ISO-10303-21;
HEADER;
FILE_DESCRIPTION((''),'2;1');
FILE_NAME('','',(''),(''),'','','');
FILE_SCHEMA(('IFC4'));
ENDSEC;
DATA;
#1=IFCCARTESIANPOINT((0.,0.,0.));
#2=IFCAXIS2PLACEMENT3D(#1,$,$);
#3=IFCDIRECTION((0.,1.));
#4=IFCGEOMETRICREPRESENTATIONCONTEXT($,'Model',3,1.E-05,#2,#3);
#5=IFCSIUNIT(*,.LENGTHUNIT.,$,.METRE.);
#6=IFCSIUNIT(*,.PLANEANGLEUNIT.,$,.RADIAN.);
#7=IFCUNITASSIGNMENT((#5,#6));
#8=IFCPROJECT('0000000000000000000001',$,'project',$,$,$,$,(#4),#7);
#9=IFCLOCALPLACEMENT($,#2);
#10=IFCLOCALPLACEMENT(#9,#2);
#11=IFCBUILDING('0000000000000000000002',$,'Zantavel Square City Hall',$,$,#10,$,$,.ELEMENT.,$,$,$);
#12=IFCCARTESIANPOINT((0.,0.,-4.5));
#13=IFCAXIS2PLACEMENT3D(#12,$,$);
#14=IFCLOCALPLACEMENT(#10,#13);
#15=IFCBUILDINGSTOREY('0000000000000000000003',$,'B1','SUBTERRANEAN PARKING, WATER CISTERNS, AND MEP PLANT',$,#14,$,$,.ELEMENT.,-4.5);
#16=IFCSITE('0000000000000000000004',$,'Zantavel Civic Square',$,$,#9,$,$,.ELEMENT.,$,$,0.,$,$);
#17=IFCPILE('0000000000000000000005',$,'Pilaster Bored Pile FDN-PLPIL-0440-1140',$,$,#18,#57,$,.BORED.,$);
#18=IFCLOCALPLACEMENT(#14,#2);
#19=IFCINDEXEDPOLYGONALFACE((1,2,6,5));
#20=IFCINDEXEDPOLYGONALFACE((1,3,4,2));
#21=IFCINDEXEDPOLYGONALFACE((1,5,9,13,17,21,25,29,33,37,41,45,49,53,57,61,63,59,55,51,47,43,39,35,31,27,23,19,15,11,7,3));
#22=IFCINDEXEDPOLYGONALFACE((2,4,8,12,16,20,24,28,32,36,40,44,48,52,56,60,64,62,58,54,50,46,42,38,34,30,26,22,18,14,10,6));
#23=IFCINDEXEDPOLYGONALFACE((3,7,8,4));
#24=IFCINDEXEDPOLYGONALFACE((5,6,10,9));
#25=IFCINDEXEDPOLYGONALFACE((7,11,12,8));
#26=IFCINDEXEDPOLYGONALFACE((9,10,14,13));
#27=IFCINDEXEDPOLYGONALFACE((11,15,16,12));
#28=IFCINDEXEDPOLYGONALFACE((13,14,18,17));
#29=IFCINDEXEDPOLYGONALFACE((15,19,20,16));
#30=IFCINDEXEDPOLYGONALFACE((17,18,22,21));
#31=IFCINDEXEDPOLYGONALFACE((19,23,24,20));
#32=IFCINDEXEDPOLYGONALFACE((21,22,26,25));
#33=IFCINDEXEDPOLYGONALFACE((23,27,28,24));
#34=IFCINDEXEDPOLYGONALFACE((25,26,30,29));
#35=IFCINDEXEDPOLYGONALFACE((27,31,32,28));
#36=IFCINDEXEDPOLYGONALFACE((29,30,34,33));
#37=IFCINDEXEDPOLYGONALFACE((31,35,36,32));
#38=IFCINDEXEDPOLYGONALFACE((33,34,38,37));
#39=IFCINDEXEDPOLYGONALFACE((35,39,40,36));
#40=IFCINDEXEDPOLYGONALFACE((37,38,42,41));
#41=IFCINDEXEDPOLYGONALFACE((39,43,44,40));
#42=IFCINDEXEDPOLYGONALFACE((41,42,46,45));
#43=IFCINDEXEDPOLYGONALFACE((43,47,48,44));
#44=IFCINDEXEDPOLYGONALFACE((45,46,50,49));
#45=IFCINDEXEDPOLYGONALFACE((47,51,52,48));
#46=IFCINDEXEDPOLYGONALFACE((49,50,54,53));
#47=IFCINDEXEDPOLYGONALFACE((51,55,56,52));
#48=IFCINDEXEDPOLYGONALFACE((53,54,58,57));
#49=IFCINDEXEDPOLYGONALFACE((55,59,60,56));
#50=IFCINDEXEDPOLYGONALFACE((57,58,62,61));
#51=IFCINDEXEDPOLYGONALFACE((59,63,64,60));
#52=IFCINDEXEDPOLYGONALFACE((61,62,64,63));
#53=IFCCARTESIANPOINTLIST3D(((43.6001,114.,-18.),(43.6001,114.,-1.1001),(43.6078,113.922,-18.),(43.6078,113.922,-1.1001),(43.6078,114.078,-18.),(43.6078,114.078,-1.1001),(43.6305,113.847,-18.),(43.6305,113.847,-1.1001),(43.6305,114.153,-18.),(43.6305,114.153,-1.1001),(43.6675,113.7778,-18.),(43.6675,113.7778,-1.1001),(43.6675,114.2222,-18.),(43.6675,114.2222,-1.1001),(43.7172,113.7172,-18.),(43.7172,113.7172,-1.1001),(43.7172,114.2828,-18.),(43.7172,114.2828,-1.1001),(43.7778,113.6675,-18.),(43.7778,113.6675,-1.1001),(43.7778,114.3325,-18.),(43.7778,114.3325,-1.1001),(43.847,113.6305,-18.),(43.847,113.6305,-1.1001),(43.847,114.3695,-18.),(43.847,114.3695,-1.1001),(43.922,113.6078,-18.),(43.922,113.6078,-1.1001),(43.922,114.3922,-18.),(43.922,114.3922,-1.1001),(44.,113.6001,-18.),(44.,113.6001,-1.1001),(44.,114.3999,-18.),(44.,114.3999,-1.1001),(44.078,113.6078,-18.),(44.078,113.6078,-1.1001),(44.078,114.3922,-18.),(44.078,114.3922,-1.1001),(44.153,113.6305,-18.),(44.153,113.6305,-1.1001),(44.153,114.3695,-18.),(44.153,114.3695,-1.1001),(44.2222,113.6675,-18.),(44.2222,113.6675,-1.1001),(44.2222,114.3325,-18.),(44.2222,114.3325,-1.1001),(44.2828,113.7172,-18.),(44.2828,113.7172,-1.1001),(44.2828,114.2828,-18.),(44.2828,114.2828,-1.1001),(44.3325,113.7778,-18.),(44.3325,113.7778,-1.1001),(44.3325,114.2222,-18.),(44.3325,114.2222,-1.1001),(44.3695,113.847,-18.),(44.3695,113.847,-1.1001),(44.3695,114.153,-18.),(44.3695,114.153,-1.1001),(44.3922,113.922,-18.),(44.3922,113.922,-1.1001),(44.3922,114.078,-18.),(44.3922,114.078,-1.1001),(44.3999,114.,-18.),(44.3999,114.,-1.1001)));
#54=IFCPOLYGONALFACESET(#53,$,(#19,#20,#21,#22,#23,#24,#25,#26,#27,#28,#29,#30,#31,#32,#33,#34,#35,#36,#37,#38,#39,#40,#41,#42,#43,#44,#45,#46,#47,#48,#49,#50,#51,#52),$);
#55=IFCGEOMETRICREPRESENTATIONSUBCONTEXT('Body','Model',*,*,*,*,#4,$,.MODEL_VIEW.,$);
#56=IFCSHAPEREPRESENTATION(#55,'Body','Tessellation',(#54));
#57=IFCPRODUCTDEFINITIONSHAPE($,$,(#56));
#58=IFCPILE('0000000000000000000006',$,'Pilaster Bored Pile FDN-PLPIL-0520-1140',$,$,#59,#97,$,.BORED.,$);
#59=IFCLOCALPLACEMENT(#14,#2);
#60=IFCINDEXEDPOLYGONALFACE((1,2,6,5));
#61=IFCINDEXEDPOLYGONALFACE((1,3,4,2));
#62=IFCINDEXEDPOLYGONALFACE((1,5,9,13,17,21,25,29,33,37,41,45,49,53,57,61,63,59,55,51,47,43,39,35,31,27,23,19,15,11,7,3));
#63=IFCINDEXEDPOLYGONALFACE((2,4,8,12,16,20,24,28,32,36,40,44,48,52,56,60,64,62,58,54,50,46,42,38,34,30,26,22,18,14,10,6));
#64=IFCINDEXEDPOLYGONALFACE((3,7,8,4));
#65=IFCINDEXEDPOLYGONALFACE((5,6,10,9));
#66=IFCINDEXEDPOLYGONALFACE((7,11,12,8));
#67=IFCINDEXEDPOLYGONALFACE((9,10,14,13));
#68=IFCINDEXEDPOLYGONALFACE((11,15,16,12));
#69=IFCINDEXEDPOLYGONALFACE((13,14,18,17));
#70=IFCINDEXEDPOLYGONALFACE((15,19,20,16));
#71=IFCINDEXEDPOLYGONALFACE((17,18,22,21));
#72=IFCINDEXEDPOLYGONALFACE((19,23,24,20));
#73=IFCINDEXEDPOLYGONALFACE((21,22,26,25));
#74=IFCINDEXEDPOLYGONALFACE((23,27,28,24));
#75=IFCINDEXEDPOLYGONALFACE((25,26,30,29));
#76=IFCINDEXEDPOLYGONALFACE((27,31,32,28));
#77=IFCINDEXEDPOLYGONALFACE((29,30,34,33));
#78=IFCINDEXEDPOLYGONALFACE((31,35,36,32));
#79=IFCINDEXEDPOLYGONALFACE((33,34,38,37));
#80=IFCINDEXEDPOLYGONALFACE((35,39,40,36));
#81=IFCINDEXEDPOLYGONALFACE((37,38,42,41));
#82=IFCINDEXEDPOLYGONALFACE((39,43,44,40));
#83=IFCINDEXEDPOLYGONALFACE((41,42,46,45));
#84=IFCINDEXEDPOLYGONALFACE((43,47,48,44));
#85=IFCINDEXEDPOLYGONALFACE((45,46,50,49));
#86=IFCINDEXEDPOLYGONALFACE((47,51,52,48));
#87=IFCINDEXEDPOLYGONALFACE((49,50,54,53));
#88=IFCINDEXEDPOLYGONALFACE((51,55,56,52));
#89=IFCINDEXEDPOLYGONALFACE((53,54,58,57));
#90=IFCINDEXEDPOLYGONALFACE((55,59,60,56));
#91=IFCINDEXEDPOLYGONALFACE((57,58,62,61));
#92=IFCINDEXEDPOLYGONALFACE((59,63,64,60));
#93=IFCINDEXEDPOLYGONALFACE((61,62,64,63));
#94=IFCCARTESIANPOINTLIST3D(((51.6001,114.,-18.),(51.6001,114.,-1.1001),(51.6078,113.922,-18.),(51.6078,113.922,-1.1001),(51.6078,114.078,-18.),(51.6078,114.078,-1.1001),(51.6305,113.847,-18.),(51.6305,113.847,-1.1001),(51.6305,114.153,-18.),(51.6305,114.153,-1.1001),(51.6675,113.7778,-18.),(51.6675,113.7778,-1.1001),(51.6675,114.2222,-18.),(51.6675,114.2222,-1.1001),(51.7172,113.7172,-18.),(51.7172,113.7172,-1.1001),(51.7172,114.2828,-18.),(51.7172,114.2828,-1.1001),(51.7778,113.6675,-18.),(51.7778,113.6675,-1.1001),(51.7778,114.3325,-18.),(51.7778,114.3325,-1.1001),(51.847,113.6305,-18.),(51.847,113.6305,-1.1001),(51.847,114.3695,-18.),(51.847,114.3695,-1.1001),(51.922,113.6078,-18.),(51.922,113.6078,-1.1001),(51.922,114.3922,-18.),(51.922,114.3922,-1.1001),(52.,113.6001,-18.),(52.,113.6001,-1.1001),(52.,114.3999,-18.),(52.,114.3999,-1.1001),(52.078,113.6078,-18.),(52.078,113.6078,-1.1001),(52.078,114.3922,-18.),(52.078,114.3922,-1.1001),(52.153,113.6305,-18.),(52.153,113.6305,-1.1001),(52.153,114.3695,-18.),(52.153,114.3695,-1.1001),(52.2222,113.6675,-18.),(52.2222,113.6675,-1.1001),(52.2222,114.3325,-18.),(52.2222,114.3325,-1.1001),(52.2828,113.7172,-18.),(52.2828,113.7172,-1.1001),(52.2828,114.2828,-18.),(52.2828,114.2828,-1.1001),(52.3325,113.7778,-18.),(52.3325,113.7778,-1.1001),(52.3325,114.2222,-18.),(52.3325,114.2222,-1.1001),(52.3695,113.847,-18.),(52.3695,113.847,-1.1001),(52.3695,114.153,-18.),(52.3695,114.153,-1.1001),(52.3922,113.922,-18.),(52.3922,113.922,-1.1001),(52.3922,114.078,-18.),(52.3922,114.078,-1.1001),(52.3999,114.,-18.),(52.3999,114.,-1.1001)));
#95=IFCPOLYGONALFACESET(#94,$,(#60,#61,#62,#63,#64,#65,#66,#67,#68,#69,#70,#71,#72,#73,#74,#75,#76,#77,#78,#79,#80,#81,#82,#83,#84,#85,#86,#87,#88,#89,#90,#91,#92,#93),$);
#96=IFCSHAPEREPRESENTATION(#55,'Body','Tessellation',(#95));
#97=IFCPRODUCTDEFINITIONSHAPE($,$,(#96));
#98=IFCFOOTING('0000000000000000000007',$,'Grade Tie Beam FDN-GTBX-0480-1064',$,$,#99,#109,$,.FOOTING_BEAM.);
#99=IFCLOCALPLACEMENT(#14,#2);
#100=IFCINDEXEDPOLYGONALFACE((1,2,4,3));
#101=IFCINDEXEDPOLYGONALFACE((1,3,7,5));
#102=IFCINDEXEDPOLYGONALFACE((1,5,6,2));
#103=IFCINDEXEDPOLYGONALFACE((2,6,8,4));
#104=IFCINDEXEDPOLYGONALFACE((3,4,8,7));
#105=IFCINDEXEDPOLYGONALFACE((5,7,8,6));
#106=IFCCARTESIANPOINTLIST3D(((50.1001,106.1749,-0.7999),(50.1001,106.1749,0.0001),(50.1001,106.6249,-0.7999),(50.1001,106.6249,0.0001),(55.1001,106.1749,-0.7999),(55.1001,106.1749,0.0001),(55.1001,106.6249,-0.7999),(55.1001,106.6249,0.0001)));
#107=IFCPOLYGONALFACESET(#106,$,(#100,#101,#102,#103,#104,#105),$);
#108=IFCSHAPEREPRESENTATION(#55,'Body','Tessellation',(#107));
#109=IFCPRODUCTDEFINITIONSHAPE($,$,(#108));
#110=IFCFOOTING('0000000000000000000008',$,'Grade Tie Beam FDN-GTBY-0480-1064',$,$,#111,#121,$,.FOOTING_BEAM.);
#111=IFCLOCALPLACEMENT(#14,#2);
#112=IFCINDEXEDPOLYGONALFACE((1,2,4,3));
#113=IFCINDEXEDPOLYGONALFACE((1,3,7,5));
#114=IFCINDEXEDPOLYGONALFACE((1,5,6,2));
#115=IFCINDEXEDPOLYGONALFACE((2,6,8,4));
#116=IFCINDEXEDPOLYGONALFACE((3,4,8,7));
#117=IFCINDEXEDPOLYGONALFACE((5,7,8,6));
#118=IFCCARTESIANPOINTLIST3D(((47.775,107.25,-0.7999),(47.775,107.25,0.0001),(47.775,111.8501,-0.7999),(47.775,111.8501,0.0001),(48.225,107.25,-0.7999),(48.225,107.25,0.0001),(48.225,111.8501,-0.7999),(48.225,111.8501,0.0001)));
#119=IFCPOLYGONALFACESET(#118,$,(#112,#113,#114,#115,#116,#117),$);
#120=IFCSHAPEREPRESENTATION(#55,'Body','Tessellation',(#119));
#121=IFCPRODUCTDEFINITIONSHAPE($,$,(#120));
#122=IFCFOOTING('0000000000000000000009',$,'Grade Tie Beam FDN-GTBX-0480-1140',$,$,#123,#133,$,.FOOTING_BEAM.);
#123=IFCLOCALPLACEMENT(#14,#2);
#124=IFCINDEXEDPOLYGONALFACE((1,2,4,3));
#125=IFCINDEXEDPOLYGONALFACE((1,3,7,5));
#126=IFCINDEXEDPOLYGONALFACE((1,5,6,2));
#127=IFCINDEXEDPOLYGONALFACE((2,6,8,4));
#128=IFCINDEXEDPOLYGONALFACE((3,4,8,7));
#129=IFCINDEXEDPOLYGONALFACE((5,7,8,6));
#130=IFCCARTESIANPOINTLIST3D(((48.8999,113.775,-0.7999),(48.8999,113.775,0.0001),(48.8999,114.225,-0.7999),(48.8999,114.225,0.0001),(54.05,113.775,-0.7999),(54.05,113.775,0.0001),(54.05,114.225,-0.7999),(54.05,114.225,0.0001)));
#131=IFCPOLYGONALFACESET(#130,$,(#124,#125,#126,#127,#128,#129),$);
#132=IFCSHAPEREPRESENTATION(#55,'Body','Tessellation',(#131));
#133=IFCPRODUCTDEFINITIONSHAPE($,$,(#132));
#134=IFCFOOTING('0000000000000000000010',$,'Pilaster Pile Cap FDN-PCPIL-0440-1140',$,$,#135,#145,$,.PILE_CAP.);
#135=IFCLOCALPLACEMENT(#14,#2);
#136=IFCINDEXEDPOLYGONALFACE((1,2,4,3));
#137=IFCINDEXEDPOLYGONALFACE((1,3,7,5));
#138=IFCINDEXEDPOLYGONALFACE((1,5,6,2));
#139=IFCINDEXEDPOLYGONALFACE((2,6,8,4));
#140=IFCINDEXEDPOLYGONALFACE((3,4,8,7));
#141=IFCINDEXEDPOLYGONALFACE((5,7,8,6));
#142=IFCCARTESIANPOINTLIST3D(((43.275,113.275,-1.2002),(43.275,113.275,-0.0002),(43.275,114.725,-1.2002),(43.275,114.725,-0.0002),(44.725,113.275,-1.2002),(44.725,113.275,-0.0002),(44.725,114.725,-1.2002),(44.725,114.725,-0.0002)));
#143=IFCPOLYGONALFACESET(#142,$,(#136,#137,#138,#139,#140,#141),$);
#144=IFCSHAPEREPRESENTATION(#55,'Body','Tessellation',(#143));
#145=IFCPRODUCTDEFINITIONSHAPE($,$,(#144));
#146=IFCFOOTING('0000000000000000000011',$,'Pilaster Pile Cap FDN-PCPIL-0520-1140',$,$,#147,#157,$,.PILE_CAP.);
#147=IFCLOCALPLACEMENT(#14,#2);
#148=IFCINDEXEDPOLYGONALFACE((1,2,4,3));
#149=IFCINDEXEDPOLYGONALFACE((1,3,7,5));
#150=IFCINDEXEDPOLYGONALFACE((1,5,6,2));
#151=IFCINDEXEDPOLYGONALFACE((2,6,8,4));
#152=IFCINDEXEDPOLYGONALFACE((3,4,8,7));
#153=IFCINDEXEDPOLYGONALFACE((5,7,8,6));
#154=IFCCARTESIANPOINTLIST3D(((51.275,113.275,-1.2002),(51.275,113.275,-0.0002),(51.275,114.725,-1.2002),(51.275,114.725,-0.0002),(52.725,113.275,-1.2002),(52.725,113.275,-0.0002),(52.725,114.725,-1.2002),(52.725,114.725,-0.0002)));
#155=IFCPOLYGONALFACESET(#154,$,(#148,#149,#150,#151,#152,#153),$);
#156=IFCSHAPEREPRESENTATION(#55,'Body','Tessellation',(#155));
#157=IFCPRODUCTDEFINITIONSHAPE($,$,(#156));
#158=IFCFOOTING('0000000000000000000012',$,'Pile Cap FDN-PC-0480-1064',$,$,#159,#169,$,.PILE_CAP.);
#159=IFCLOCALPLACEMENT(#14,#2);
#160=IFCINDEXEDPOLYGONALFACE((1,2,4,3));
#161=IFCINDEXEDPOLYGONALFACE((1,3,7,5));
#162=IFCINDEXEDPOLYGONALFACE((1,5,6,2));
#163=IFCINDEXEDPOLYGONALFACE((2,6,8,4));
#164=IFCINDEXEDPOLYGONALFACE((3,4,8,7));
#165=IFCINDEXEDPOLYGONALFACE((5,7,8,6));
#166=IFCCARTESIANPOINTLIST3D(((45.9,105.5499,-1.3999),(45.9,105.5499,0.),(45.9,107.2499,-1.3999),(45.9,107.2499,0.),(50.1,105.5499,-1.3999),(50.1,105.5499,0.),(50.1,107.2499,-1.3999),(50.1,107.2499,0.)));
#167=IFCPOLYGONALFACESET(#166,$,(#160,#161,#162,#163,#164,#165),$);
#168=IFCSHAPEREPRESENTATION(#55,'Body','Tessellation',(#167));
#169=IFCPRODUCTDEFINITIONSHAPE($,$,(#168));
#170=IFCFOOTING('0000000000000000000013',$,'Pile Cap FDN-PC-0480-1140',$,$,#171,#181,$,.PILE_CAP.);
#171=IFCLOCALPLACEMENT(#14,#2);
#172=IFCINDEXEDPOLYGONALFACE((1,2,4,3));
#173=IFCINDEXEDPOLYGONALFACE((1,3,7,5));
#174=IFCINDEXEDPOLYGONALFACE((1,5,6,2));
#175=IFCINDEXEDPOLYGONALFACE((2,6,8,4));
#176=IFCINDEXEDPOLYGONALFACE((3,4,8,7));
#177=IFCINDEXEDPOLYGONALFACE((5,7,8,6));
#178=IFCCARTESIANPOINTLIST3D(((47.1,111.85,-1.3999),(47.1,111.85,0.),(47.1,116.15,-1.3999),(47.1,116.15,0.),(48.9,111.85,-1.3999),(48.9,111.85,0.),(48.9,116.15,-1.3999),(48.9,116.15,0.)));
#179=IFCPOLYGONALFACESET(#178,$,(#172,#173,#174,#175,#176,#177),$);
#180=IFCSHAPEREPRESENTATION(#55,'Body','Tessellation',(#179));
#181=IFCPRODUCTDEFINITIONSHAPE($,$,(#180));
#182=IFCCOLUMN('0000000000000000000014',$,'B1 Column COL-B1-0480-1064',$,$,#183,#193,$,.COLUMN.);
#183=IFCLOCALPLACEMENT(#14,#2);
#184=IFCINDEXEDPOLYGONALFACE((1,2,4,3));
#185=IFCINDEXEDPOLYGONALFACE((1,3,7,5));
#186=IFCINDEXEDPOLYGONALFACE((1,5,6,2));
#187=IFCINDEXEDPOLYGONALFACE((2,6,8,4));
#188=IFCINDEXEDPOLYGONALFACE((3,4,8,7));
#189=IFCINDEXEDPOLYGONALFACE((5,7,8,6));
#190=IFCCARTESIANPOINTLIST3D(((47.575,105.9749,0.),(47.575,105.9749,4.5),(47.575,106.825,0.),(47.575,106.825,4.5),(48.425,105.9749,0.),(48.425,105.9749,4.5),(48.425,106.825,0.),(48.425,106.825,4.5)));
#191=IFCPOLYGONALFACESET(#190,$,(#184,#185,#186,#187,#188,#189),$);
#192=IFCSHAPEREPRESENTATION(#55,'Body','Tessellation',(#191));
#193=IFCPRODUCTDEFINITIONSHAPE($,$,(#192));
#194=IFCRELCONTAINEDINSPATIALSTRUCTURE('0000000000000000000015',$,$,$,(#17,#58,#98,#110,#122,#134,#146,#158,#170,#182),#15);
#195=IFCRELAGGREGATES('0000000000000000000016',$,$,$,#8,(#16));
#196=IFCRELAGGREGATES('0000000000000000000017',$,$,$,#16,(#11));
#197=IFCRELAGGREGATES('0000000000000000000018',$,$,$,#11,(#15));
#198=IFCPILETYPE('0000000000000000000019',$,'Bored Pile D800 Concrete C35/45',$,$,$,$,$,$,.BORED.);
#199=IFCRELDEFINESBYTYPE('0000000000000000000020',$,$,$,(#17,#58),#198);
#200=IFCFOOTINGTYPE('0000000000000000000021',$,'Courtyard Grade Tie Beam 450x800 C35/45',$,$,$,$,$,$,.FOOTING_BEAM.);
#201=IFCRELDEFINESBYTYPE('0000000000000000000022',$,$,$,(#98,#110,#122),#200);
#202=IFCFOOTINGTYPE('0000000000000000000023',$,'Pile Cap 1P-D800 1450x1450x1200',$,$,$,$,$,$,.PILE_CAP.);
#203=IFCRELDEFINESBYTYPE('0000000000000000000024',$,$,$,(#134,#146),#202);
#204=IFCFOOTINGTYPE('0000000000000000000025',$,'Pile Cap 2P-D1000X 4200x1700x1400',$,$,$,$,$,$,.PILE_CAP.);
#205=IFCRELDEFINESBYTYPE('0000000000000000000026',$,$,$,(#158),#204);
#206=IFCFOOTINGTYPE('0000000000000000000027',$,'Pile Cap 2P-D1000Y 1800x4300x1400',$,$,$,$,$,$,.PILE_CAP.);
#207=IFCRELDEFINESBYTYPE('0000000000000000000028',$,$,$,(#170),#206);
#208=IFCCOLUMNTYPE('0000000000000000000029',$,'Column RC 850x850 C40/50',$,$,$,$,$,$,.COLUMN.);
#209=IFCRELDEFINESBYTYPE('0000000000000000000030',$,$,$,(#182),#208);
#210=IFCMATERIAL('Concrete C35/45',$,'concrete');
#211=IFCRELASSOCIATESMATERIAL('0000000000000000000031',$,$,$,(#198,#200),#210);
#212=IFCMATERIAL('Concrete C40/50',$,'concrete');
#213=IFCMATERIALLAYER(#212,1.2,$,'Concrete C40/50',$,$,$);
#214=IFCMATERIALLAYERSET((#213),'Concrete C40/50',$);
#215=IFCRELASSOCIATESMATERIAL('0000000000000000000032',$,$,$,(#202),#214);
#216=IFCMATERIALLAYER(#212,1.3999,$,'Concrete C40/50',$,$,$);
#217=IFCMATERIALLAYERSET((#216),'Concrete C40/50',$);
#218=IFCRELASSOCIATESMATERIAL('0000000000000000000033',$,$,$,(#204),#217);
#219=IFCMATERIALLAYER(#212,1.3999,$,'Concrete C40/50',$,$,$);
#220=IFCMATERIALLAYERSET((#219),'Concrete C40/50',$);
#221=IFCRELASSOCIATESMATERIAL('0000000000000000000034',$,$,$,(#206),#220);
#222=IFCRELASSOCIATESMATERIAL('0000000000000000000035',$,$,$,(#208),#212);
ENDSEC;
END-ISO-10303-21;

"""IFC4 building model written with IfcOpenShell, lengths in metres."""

from ifc_helpers import new_model, si_unit, direction, frame, origin, origin_2d, place, context, subcontext, project, spatial, rectangle, circle, extrude, material, layer, layer_set, material_profile, profile_set, type_object, element, save


model = new_model("IFC4")

# Units and contexts
model_context = context("Model", 3, precision=1e-05, world=origin(), true_north=direction((0.0, 1.0)))
body_context = subcontext(model_context, "Body", "Model", "MODEL_VIEW")
ifc_project = project(units=[si_unit("LENGTHUNIT", "METRE"), si_unit("PLANEANGLEUNIT", "RADIAN")], contexts=[model_context])

# Site, building, storey
site_placement = place(None, origin())
site = spatial("IfcSite", under=ifc_project, at=site_placement, Name="Zantavel Civic Square", CompositionType="ELEMENT", RefElevation=0.0)
building_placement = place(site_placement, origin())
building = spatial("IfcBuilding", under=site, at=building_placement, Name="Zantavel Square City Hall", CompositionType="ELEMENT")
storey_placement = place(building_placement, frame((0.0, 0.0, -4.5)))
storey = spatial("IfcBuildingStorey", under=building, at=storey_placement, Name="B1", Description="SUBTERRANEAN PARKING, WATER CISTERNS, AND MEP PLANT", CompositionType="ELEMENT", Elevation=-4.5)

# Piles
ifc_material_1 = material(Name="Concrete C35/45", Category="concrete")
ifc_material_profile_1 = material_profile(ifc_material_1, circle(Radius=0.3999, at=origin_2d()), Name="PILE D800")
ifc_profile_set_1 = profile_set([ifc_material_profile_1], Name="Concrete C35/45")
pile_type_1 = type_object("IfcPileType", Name="Bored Pile D800 Concrete C35/45", PredefinedType="BORED", material=ifc_profile_set_1)
for number, where, z_axis, x_axis, name in (
    (1, (44.0, 114.0, -1.1001), (0.0, 0.0, -1.0), (1.0, 0.0, 0.0), "Pilaster Bored Pile FDN-PLPIL-0440-1140"),
    (2, (52.0, 114.0, -1.1001), (0.0, 0.0, -1.0), (1.0, 0.0, 0.0), "Pilaster Bored Pile FDN-PLPIL-0520-1140"),
):
    element("IfcPile", number, at=place(storey_placement, frame(where, z_axis=z_axis, x_axis=x_axis)), inside=storey, type_object=pile_type_1, Name=name, PredefinedType="BORED", context=body_context, shape_type="SweptSolid", body=[
        extrude(circle(Radius=0.3999, at=origin_2d()), origin(), (0.0, 0.0, 1.0), 16.8999),
    ])

# Footings
ifc_material_profile_2 = material_profile(ifc_material_1, rectangle(XDim=0.45, YDim=0.8, at=origin_2d()), Name="RC 450x800")
ifc_profile_set_2 = profile_set([ifc_material_profile_2], Name="Concrete C35/45")
footing_type_1 = type_object("IfcFootingType", Name="Courtyard Grade Tie Beam 450x800 C35/45", PredefinedType="FOOTING_BEAM", material=ifc_profile_set_2)
footing_1_placement = place(storey_placement, frame((50.1001, 106.3999, -0.3999), z_axis=(1.0, 0.0, 0.0), x_axis=(0.0, 1.0, 0.0)))
element("IfcFooting", 3, at=footing_1_placement, inside=storey, type_object=footing_type_1, Name="Grade Tie Beam FDN-GTBX-0480-1064", PredefinedType="FOOTING_BEAM", context=body_context, shape_type="SweptSolid", body=[
    extrude(rectangle(XDim=0.45, YDim=0.8, at=origin_2d()), origin(), (0.0, 0.0, 1.0), 5.0),
])
footing_2_placement = place(storey_placement, frame((48.0, 107.25, -0.3999), z_axis=(0.0, 1.0, 0.0), x_axis=(-1.0, 0.0, 0.0)))
element("IfcFooting", 4, at=footing_2_placement, inside=storey, type_object=footing_type_1, Name="Grade Tie Beam FDN-GTBY-0480-1064", PredefinedType="FOOTING_BEAM", context=body_context, shape_type="SweptSolid", body=[
    extrude(rectangle(XDim=0.45, YDim=0.8, at=origin_2d()), origin(), (0.0, 0.0, 1.0), 4.6001),
])
footing_3_placement = place(storey_placement, frame((48.8999, 114.0, -0.3999), z_axis=(1.0, 0.0, 0.0), x_axis=(0.0, 1.0, 0.0)))
element("IfcFooting", 5, at=footing_3_placement, inside=storey, type_object=footing_type_1, Name="Grade Tie Beam FDN-GTBX-0480-1140", PredefinedType="FOOTING_BEAM", context=body_context, shape_type="SweptSolid", body=[
    extrude(rectangle(XDim=0.45, YDim=0.8, at=origin_2d()), origin(), (0.0, 0.0, 1.0), 5.1501),
])
ifc_material_2 = material(Name="Concrete C40/50", Category="concrete")
ifc_layer_1 = layer(ifc_material_2, 1.2, Name="Concrete C40/50")
ifc_layer_set_1 = layer_set([ifc_layer_1], Name="Concrete C40/50")
footing_type_2 = type_object("IfcFootingType", Name="Pile Cap 1P-D800 1450x1450x1200", PredefinedType="PILE_CAP", material=ifc_layer_set_1)
for number, where, z_axis, x_axis, name in (
    (6, (44.0, 114.0, -1.2002), (0.0, 0.0, 1.0), (1.0, 0.0, 0.0), "Pilaster Pile Cap FDN-PCPIL-0440-1140"),
    (7, (52.0, 114.0, -1.2002), (0.0, 0.0, 1.0), (1.0, 0.0, 0.0), "Pilaster Pile Cap FDN-PCPIL-0520-1140"),
):
    element("IfcFooting", number, at=place(storey_placement, frame(where, z_axis=z_axis, x_axis=x_axis)), inside=storey, type_object=footing_type_2, Name=name, PredefinedType="PILE_CAP", context=body_context, shape_type="SweptSolid", body=[
        extrude(rectangle(XDim=1.45, YDim=1.45, at=origin_2d()), origin(), (0.0, 0.0, 1.0), 1.2),
    ])
ifc_layer_2 = layer(ifc_material_2, 1.3999, Name="Concrete C40/50")
ifc_layer_set_2 = layer_set([ifc_layer_2], Name="Concrete C40/50")
footing_type_3 = type_object("IfcFootingType", Name="Pile Cap 2P-D1000X 4200x1700x1400", PredefinedType="PILE_CAP", material=ifc_layer_set_2)
footing_4_placement = place(storey_placement, frame((48.0, 106.3999, -1.3999), z_axis=(0.0, 0.0, 1.0), x_axis=(1.0, 0.0, 0.0)))
element("IfcFooting", 8, at=footing_4_placement, inside=storey, type_object=footing_type_3, Name="Pile Cap FDN-PC-0480-1064", PredefinedType="PILE_CAP", context=body_context, shape_type="SweptSolid", body=[
    extrude(rectangle(XDim=4.2, YDim=1.7, at=origin_2d()), origin(), (0.0, 0.0, 1.0), 1.3999),
])
ifc_layer_3 = layer(ifc_material_2, 1.3999, Name="Concrete C40/50")
ifc_layer_set_3 = layer_set([ifc_layer_3], Name="Concrete C40/50")
footing_type_4 = type_object("IfcFootingType", Name="Pile Cap 2P-D1000Y 1800x4300x1400", PredefinedType="PILE_CAP", material=ifc_layer_set_3)
footing_5_placement = place(storey_placement, frame((48.0, 114.0, -1.3999), z_axis=(0.0, 0.0, 1.0), x_axis=(1.0, 0.0, 0.0)))
element("IfcFooting", 9, at=footing_5_placement, inside=storey, type_object=footing_type_4, Name="Pile Cap FDN-PC-0480-1140", PredefinedType="PILE_CAP", context=body_context, shape_type="SweptSolid", body=[
    extrude(rectangle(XDim=1.8, YDim=4.3, at=origin_2d()), origin(), (0.0, 0.0, 1.0), 1.3999),
])

# Column
ifc_material_profile_3 = material_profile(ifc_material_2, rectangle(XDim=0.8501, YDim=0.8501, at=origin_2d()), Name="RC 850x850")
ifc_profile_set_3 = profile_set([ifc_material_profile_3], Name="Concrete C40/50")
column_type_1 = type_object("IfcColumnType", Name="Column RC 850x850 C40/50", PredefinedType="COLUMN", material=ifc_profile_set_3)
for number, where, z_axis, x_axis, name in (
    (10, (48.0, 106.3999, 0.0), (0.0, 0.0, 1.0), (1.0, 0.0, 0.0), "B1 Column COL-B1-0480-1064"),
):
    element("IfcColumn", number, at=place(storey_placement, frame(where, z_axis=z_axis, x_axis=x_axis)), inside=storey, type_object=column_type_1, Name=name, PredefinedType="COLUMN", context=body_context, shape_type="SweptSolid", body=[
        extrude(rectangle(XDim=0.8501, YDim=0.8501, at=origin_2d()), origin(), (0.0, 0.0, 1.0), 4.5),
    ])

save(model, "model.ifc")
